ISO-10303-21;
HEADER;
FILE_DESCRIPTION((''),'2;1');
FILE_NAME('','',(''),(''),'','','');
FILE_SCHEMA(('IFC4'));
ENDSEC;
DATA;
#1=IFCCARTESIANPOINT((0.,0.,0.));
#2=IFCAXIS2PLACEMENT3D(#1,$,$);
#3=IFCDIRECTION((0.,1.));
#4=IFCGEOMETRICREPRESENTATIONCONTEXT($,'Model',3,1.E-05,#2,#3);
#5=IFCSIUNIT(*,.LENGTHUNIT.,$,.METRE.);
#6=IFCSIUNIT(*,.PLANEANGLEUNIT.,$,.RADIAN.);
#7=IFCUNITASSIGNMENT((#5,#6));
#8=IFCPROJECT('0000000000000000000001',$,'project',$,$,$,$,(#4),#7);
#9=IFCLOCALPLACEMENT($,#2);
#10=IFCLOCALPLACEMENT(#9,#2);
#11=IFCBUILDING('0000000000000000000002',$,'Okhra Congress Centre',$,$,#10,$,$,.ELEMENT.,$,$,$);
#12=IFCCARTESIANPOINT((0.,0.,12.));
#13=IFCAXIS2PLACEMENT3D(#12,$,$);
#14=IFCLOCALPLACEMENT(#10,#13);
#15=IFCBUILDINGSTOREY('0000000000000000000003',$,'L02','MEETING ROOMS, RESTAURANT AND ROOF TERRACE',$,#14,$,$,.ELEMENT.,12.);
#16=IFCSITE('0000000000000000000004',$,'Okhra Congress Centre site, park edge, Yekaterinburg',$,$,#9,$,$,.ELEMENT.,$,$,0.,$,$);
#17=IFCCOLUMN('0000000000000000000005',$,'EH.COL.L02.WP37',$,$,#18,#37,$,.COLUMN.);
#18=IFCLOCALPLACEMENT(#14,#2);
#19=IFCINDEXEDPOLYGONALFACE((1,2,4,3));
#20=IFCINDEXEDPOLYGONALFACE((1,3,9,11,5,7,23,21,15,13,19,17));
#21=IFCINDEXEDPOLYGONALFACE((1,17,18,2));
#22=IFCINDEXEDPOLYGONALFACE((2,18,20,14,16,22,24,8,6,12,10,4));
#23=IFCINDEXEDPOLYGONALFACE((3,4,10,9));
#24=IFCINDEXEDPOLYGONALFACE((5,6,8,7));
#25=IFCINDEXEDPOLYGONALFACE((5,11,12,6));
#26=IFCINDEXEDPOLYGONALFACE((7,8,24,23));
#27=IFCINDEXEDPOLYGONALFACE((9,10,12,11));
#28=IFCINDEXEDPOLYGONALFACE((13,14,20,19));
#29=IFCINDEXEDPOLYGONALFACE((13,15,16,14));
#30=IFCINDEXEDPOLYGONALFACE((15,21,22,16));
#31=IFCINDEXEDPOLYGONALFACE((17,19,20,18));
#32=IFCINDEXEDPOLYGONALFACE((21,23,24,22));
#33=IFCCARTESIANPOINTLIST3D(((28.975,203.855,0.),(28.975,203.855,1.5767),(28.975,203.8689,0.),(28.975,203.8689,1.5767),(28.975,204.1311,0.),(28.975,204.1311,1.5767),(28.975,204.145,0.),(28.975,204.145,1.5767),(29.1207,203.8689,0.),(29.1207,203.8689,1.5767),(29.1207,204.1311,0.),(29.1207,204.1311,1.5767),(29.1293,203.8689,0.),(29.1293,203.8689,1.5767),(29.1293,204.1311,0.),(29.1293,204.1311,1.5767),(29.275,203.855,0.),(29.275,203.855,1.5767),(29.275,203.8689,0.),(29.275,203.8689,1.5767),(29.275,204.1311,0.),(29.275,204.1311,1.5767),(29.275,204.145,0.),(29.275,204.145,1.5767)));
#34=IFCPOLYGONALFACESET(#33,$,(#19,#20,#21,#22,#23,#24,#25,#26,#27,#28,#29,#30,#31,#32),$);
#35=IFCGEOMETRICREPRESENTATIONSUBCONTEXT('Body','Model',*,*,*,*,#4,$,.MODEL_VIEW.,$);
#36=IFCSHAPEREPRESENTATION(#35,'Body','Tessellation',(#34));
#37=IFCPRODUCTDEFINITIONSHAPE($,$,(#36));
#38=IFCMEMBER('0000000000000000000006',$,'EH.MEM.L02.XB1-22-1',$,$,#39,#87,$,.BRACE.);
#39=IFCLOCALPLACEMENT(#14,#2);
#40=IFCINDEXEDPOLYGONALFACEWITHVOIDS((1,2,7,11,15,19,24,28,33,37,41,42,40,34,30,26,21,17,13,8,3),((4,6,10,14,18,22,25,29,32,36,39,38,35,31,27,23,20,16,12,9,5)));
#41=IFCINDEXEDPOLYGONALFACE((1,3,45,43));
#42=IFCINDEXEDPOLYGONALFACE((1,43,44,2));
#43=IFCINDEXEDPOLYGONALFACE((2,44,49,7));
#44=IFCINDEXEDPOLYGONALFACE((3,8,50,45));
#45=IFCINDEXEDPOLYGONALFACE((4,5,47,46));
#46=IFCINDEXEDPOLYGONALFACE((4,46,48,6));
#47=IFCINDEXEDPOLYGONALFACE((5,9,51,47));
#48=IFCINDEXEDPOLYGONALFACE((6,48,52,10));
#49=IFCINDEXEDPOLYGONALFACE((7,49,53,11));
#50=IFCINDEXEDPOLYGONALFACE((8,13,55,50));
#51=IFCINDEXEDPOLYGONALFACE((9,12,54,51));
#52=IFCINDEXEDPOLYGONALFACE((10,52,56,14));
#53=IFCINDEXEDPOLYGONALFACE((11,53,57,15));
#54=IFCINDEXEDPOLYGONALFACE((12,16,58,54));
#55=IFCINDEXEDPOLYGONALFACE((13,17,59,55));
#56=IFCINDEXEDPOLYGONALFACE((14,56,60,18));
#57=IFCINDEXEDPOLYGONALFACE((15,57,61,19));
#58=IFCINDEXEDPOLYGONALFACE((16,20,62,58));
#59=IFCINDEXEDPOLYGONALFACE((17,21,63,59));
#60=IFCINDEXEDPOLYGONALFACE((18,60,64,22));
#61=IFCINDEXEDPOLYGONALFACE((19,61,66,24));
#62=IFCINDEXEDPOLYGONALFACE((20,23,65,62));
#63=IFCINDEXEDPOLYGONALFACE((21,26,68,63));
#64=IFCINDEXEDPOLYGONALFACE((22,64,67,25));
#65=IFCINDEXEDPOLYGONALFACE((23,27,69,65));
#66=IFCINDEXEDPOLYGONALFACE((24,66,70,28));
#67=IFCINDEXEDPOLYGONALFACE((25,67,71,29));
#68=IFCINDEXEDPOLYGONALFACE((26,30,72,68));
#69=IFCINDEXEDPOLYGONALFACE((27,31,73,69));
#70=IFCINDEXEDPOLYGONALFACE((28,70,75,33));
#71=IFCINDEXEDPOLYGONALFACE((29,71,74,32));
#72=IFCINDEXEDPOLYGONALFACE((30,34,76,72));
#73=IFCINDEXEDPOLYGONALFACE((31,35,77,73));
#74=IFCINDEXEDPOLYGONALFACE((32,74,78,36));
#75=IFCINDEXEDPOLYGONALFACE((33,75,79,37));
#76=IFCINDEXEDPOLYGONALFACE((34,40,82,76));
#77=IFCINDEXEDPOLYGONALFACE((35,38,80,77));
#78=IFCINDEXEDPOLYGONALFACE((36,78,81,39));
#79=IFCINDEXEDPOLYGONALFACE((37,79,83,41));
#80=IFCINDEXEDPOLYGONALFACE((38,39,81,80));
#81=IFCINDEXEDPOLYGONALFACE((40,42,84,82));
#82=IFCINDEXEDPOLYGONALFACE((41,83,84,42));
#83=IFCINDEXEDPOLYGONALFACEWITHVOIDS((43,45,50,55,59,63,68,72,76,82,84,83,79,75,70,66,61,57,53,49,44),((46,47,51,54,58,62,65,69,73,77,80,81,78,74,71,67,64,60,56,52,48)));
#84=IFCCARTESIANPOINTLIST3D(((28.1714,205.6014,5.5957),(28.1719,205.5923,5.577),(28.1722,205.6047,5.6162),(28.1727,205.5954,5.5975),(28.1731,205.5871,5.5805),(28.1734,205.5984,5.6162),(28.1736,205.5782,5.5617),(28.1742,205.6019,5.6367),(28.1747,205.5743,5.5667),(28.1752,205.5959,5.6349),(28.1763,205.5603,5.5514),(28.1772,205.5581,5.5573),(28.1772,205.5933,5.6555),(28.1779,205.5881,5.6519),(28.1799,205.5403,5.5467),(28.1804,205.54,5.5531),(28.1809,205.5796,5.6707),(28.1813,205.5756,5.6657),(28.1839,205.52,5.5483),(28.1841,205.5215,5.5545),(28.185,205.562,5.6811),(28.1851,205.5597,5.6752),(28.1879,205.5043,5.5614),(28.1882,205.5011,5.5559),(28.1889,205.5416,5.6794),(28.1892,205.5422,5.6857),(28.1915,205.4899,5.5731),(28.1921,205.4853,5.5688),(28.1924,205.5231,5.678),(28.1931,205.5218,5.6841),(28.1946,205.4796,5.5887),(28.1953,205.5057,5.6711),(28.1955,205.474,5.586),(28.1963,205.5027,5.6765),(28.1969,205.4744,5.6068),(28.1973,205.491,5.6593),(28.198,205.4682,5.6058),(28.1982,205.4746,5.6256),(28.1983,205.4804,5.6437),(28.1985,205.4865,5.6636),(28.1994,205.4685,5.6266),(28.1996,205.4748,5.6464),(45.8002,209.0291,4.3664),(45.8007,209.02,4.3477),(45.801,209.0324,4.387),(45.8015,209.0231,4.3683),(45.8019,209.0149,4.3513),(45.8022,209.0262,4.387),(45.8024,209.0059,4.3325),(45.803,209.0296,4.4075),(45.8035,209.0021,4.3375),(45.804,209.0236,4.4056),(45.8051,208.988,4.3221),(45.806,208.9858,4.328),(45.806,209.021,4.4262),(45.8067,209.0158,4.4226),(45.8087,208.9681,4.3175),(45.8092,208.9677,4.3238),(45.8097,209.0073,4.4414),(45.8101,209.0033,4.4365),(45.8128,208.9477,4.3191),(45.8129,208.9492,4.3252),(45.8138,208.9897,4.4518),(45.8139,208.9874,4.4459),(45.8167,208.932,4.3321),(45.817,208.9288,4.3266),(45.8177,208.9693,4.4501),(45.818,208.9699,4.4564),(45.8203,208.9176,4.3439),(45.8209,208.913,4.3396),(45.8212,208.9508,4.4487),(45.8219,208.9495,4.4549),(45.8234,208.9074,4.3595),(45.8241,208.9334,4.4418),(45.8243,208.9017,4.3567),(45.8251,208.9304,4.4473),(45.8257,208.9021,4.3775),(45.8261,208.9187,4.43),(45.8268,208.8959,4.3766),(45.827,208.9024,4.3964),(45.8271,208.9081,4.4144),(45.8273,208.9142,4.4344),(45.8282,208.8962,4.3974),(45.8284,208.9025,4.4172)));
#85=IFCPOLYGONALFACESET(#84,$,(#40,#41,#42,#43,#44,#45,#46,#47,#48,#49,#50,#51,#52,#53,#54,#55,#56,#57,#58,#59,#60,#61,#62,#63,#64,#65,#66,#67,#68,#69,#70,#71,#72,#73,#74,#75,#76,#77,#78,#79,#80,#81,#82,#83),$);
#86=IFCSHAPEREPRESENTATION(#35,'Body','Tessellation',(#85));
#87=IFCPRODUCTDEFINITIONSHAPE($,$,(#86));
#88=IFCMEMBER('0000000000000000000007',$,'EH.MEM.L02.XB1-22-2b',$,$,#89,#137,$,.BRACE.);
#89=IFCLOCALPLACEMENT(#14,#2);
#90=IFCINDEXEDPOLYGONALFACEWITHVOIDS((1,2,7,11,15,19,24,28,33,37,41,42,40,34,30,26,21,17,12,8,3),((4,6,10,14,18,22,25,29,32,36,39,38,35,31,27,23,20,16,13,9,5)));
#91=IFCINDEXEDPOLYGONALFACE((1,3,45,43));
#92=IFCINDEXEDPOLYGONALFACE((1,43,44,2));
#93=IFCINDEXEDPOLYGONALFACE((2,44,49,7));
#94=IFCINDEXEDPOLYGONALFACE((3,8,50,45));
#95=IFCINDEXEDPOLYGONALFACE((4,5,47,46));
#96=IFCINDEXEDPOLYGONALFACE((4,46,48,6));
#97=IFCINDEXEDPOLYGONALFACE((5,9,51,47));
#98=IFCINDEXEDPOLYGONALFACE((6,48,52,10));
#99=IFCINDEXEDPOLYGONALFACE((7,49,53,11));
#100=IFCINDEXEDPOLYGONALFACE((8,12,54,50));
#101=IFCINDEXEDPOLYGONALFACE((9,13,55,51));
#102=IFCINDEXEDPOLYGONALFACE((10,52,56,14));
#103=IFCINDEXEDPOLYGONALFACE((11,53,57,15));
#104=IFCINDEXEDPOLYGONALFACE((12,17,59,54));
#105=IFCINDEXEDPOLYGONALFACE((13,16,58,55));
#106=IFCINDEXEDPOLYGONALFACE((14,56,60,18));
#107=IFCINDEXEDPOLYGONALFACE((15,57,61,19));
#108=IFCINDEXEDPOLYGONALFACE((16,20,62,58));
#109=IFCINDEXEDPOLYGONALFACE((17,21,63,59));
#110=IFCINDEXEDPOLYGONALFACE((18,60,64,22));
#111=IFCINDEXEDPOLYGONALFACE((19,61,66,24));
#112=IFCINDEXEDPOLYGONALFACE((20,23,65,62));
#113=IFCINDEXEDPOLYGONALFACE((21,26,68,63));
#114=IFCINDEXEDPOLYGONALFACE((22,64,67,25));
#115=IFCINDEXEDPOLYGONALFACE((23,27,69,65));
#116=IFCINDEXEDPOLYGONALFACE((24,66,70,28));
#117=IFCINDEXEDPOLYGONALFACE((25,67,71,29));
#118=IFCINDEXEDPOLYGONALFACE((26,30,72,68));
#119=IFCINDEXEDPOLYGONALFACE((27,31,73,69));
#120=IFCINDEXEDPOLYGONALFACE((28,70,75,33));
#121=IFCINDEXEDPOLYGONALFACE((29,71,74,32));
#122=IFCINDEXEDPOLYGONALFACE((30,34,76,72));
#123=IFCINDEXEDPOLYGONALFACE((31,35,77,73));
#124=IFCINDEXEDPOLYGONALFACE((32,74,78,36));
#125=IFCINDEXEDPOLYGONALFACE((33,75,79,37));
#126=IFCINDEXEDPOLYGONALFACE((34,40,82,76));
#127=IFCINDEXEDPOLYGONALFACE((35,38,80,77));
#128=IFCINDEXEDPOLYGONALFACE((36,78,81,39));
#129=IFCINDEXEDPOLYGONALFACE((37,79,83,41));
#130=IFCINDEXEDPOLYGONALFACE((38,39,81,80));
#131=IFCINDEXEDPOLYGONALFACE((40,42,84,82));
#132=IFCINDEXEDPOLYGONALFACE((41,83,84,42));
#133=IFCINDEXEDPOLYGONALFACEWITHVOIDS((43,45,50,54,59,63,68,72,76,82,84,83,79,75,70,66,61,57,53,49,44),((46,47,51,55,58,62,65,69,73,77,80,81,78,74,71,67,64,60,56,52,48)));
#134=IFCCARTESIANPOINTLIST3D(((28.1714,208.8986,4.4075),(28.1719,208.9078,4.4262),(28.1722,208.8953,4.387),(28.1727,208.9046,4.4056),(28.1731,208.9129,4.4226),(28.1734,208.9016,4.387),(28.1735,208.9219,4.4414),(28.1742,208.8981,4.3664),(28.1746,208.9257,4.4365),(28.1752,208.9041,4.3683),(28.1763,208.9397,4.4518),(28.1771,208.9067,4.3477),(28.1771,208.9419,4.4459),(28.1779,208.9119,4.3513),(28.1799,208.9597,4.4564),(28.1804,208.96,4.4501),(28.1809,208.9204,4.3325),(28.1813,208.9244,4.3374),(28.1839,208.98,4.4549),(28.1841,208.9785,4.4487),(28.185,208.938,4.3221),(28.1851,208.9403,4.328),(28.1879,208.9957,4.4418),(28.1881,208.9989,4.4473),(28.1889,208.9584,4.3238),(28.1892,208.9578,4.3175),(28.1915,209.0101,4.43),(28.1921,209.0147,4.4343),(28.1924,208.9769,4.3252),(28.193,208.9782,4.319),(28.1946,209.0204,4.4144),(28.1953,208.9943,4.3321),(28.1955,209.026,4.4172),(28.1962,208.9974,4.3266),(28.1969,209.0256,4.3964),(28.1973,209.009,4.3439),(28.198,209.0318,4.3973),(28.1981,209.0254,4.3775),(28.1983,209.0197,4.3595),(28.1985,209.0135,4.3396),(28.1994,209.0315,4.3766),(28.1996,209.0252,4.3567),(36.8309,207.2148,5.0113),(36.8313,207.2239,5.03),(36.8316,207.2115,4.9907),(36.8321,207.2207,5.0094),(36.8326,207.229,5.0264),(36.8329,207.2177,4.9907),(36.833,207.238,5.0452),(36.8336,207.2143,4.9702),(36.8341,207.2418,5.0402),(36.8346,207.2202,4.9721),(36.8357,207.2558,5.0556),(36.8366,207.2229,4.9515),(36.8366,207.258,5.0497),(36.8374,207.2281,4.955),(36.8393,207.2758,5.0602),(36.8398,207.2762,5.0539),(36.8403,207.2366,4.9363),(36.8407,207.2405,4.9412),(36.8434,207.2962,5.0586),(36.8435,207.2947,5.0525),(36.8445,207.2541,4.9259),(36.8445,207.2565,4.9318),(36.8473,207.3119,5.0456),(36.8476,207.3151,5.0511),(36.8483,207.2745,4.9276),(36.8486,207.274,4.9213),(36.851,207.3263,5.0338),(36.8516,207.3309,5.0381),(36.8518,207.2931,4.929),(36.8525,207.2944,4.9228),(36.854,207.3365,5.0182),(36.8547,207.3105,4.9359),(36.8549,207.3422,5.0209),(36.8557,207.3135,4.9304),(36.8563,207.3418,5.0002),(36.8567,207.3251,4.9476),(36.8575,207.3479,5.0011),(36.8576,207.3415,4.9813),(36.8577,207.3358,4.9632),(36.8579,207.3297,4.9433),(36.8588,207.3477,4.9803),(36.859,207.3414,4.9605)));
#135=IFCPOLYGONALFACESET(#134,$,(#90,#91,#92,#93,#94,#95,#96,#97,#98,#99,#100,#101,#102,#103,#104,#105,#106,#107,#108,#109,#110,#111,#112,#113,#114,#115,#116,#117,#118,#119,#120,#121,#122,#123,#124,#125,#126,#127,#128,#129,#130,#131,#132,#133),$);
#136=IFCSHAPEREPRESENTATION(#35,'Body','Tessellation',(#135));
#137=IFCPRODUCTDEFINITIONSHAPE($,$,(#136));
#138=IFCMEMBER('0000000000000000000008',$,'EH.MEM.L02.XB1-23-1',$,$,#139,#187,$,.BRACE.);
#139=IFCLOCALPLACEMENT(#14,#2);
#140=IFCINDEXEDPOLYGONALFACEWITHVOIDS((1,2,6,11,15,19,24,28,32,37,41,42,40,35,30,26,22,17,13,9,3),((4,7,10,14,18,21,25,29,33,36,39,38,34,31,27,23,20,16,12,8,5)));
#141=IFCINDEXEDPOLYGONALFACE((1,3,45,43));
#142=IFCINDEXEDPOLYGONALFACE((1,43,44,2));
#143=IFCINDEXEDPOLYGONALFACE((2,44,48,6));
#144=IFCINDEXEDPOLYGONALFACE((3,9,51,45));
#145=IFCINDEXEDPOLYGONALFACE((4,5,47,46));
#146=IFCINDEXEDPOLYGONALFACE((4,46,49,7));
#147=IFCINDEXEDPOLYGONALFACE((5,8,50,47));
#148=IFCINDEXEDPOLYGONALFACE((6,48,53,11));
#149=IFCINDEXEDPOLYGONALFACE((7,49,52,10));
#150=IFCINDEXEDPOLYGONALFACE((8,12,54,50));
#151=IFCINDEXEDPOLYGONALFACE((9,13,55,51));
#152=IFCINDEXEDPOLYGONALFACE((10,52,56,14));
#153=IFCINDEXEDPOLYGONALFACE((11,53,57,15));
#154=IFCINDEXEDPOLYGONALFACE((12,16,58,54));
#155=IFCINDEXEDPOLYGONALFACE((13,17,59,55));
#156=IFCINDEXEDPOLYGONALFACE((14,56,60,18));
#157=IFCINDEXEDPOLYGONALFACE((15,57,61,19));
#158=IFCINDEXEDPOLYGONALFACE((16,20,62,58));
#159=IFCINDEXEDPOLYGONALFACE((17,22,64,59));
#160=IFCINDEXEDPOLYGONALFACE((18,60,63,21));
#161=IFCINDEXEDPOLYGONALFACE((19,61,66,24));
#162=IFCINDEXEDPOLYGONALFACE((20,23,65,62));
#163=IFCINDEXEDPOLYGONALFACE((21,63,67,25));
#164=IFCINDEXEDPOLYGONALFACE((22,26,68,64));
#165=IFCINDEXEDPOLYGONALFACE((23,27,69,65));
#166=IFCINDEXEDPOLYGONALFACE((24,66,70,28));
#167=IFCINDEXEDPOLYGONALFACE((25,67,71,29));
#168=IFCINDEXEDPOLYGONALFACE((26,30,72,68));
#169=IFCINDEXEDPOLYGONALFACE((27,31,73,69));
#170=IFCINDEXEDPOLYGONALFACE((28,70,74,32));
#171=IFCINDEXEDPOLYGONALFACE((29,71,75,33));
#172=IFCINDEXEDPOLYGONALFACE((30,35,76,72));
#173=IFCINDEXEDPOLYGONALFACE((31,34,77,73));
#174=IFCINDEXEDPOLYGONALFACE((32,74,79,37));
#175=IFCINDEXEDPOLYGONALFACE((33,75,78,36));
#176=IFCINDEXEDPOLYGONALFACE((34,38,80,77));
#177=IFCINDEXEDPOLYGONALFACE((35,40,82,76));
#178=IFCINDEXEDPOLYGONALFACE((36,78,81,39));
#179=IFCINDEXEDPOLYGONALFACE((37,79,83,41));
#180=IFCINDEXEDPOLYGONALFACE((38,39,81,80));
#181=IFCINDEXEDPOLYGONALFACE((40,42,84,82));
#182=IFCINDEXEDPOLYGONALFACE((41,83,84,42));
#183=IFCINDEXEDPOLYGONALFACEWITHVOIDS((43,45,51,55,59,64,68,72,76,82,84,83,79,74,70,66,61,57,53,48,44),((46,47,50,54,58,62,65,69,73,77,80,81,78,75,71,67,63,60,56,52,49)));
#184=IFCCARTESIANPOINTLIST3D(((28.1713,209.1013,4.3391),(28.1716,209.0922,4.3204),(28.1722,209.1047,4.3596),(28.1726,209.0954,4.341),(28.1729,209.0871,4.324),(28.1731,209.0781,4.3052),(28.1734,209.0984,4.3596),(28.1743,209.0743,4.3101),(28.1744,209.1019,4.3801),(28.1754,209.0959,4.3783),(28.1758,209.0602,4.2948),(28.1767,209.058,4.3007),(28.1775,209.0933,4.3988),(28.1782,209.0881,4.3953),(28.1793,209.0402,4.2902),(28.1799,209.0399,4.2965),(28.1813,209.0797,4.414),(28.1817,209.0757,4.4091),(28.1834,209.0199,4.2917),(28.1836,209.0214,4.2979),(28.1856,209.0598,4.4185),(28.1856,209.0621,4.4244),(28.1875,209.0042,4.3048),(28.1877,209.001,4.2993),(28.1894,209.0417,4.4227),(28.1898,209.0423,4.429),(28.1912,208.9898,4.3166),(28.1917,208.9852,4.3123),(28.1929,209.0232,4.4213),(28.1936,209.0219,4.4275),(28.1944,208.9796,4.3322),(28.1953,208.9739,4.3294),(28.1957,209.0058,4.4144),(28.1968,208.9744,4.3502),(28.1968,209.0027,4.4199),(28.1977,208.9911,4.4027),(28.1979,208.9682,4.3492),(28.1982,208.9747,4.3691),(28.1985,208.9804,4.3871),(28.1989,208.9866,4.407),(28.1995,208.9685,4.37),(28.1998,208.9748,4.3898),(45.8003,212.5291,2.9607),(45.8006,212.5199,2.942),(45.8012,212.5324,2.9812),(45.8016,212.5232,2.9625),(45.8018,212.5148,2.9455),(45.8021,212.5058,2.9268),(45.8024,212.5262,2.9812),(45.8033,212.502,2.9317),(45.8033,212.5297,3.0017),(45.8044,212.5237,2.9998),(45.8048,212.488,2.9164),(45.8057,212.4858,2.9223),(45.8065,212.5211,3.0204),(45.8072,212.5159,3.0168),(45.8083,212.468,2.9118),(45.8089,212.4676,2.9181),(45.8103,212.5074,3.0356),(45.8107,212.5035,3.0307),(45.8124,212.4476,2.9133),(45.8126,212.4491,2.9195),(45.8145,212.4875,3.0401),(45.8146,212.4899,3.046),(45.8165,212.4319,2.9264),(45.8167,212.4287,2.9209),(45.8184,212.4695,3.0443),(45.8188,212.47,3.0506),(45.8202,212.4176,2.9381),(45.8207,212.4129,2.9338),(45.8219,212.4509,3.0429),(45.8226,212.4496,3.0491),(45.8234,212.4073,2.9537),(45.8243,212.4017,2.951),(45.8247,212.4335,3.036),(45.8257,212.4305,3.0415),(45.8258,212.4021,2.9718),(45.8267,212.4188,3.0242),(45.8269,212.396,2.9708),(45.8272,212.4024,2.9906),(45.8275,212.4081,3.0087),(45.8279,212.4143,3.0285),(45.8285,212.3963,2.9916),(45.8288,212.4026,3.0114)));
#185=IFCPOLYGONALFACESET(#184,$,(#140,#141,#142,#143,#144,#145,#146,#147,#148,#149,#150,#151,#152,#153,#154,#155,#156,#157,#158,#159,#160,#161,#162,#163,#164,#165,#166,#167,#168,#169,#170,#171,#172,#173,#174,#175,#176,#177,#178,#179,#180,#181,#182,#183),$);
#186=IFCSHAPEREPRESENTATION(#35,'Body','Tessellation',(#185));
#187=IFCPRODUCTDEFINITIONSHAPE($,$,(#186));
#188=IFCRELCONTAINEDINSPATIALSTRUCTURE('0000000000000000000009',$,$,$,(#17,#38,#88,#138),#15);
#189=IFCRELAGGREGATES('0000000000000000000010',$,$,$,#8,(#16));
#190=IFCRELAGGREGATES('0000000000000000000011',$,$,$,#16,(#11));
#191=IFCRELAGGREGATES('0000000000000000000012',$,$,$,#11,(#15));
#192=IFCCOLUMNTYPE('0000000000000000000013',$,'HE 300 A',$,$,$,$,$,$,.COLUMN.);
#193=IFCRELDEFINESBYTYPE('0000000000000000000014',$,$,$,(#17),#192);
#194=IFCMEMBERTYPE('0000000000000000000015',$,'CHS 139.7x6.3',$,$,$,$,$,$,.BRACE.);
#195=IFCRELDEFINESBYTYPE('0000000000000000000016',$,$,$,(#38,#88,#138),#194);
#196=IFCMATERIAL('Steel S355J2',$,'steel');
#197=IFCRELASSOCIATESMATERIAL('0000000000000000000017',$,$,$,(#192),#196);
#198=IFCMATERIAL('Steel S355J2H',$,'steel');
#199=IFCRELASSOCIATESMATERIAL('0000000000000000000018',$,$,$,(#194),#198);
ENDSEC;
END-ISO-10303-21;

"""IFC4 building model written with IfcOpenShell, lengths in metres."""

from ifc_helpers import new_model, si_unit, direction, frame, origin, origin_2d, place, context, subcontext, project, spatial, hollow_circle, i_section, extrude, material, material_profile, profile_set, type_object, element, save


model = new_model("IFC4")

# Units and contexts
model_context = context("Model", 3, precision=1e-05, world=origin(), true_north=direction((0.0, 1.0)))
body_context = subcontext(model_context, "Body", "Model", "MODEL_VIEW")
ifc_project = project(units=[si_unit("LENGTHUNIT", "METRE"), si_unit("PLANEANGLEUNIT", "RADIAN")], contexts=[model_context])

# Site, building, storey
site_placement = place(None, origin())
site = spatial("IfcSite", under=ifc_project, at=site_placement, Name="Okhra Congress Centre site, park edge, Yekaterinburg", CompositionType="ELEMENT", RefElevation=0.0)
building_placement = place(site_placement, origin())
building = spatial("IfcBuilding", under=site, at=building_placement, Name="Okhra Congress Centre", CompositionType="ELEMENT")
storey_placement = place(building_placement, frame((0.0, 0.0, 12.0)))
storey = spatial("IfcBuildingStorey", under=building, at=storey_placement, Name="L02", Description="MEETING ROOMS, RESTAURANT AND ROOF TERRACE", CompositionType="ELEMENT", Elevation=12.0)

# Column
ifc_material_1 = material(Name="Steel S355J2", Category="steel")
ifc_material_profile_1 = material_profile(ifc_material_1, i_section(OverallWidth=0.3, OverallDepth=0.29, WebThickness=0.0085, FlangeThickness=0.0139, at=origin_2d()), Name="HE 300 A")
ifc_profile_set_1 = profile_set([ifc_material_profile_1], Name="Steel S355J2")
column_type = type_object("IfcColumnType", Name="HE 300 A", PredefinedType="COLUMN", material=ifc_profile_set_1)
column_placement = place(storey_placement, frame((29.125, 204.0, 0.0), z_axis=(0.0, 0.0, 1.0), x_axis=(1.0, 0.0, 0.0)))
element("IfcColumn", 1, at=column_placement, inside=storey, type_object=column_type, Name="EH.COL.L02.WP37", PredefinedType="COLUMN", context=body_context, shape_type="SweptSolid", body=[
    extrude(i_section(OverallWidth=0.3, OverallDepth=0.29, WebThickness=0.0085, FlangeThickness=0.0139, at=origin_2d()), origin(), (0.0, 0.0, 1.0), 1.5767),
])

# Members
ifc_material_2 = material(Name="Steel S355J2H", Category="steel")
ifc_material_profile_2 = material_profile(ifc_material_2, hollow_circle(Radius=0.0698, WallThickness=0.0063, at=origin_2d()), Name="CHS 139.7x6.3")
ifc_profile_set_2 = profile_set([ifc_material_profile_2], Name="Steel S355J2H")
member_type_1 = type_object("IfcMemberType", Name="CHS 139.7x6.3", PredefinedType="BRACE", material=ifc_profile_set_2)
member_1_placement = place(storey_placement, frame((28.1855, 205.5361, 5.6162), z_axis=(0.979325, 0.190418, -0.068287), x_axis=(-0.190864, 0.981617, 0.0)))
element("IfcMember", 2, at=member_1_placement, inside=storey, type_object=member_type_1, Name="EH.MEM.L02.XB1-22-1", PredefinedType="BRACE", context=body_context, shape_type="SweptSolid", body=[
    extrude(hollow_circle(Radius=0.0698, WallThickness=0.0063, at=origin_2d()), origin(), (0.0, 0.0, 1.0), 18.001),
])
member_2_placement = place(storey_placement, frame((36.845, 207.28, 4.9907), z_axis=(-0.979323, 0.190431, -0.068281), x_axis=(-0.190876, -0.981614, 0.0)))
element("IfcMember", 3, at=member_2_placement, inside=storey, type_object=member_type_1, Name="EH.MEM.L02.XB1-22-2b", PredefinedType="BRACE", context=body_context, shape_type="SweptSolid", body=[
    extrude(hollow_circle(Radius=0.0698, WallThickness=0.0063, at=origin_2d()), origin(), (0.0, 0.0, 1.0), 8.8423),
])
member_3_placement = place(storey_placement, frame((28.1855, 209.0361, 4.3596), z_axis=(0.978738, 0.190304, -0.076528), x_axis=(-0.190864, 0.981617, 0.0)))
element("IfcMember", 4, at=member_3_placement, inside=storey, type_object=member_type_1, Name="EH.MEM.L02.XB1-23-1", PredefinedType="BRACE", context=body_context, shape_type="SweptSolid", body=[
    extrude(hollow_circle(Radius=0.0698, WallThickness=0.0063, at=origin_2d()), origin(), (0.0, 0.0, 1.0), 18.012),
])

save(model, "model.ifc")
